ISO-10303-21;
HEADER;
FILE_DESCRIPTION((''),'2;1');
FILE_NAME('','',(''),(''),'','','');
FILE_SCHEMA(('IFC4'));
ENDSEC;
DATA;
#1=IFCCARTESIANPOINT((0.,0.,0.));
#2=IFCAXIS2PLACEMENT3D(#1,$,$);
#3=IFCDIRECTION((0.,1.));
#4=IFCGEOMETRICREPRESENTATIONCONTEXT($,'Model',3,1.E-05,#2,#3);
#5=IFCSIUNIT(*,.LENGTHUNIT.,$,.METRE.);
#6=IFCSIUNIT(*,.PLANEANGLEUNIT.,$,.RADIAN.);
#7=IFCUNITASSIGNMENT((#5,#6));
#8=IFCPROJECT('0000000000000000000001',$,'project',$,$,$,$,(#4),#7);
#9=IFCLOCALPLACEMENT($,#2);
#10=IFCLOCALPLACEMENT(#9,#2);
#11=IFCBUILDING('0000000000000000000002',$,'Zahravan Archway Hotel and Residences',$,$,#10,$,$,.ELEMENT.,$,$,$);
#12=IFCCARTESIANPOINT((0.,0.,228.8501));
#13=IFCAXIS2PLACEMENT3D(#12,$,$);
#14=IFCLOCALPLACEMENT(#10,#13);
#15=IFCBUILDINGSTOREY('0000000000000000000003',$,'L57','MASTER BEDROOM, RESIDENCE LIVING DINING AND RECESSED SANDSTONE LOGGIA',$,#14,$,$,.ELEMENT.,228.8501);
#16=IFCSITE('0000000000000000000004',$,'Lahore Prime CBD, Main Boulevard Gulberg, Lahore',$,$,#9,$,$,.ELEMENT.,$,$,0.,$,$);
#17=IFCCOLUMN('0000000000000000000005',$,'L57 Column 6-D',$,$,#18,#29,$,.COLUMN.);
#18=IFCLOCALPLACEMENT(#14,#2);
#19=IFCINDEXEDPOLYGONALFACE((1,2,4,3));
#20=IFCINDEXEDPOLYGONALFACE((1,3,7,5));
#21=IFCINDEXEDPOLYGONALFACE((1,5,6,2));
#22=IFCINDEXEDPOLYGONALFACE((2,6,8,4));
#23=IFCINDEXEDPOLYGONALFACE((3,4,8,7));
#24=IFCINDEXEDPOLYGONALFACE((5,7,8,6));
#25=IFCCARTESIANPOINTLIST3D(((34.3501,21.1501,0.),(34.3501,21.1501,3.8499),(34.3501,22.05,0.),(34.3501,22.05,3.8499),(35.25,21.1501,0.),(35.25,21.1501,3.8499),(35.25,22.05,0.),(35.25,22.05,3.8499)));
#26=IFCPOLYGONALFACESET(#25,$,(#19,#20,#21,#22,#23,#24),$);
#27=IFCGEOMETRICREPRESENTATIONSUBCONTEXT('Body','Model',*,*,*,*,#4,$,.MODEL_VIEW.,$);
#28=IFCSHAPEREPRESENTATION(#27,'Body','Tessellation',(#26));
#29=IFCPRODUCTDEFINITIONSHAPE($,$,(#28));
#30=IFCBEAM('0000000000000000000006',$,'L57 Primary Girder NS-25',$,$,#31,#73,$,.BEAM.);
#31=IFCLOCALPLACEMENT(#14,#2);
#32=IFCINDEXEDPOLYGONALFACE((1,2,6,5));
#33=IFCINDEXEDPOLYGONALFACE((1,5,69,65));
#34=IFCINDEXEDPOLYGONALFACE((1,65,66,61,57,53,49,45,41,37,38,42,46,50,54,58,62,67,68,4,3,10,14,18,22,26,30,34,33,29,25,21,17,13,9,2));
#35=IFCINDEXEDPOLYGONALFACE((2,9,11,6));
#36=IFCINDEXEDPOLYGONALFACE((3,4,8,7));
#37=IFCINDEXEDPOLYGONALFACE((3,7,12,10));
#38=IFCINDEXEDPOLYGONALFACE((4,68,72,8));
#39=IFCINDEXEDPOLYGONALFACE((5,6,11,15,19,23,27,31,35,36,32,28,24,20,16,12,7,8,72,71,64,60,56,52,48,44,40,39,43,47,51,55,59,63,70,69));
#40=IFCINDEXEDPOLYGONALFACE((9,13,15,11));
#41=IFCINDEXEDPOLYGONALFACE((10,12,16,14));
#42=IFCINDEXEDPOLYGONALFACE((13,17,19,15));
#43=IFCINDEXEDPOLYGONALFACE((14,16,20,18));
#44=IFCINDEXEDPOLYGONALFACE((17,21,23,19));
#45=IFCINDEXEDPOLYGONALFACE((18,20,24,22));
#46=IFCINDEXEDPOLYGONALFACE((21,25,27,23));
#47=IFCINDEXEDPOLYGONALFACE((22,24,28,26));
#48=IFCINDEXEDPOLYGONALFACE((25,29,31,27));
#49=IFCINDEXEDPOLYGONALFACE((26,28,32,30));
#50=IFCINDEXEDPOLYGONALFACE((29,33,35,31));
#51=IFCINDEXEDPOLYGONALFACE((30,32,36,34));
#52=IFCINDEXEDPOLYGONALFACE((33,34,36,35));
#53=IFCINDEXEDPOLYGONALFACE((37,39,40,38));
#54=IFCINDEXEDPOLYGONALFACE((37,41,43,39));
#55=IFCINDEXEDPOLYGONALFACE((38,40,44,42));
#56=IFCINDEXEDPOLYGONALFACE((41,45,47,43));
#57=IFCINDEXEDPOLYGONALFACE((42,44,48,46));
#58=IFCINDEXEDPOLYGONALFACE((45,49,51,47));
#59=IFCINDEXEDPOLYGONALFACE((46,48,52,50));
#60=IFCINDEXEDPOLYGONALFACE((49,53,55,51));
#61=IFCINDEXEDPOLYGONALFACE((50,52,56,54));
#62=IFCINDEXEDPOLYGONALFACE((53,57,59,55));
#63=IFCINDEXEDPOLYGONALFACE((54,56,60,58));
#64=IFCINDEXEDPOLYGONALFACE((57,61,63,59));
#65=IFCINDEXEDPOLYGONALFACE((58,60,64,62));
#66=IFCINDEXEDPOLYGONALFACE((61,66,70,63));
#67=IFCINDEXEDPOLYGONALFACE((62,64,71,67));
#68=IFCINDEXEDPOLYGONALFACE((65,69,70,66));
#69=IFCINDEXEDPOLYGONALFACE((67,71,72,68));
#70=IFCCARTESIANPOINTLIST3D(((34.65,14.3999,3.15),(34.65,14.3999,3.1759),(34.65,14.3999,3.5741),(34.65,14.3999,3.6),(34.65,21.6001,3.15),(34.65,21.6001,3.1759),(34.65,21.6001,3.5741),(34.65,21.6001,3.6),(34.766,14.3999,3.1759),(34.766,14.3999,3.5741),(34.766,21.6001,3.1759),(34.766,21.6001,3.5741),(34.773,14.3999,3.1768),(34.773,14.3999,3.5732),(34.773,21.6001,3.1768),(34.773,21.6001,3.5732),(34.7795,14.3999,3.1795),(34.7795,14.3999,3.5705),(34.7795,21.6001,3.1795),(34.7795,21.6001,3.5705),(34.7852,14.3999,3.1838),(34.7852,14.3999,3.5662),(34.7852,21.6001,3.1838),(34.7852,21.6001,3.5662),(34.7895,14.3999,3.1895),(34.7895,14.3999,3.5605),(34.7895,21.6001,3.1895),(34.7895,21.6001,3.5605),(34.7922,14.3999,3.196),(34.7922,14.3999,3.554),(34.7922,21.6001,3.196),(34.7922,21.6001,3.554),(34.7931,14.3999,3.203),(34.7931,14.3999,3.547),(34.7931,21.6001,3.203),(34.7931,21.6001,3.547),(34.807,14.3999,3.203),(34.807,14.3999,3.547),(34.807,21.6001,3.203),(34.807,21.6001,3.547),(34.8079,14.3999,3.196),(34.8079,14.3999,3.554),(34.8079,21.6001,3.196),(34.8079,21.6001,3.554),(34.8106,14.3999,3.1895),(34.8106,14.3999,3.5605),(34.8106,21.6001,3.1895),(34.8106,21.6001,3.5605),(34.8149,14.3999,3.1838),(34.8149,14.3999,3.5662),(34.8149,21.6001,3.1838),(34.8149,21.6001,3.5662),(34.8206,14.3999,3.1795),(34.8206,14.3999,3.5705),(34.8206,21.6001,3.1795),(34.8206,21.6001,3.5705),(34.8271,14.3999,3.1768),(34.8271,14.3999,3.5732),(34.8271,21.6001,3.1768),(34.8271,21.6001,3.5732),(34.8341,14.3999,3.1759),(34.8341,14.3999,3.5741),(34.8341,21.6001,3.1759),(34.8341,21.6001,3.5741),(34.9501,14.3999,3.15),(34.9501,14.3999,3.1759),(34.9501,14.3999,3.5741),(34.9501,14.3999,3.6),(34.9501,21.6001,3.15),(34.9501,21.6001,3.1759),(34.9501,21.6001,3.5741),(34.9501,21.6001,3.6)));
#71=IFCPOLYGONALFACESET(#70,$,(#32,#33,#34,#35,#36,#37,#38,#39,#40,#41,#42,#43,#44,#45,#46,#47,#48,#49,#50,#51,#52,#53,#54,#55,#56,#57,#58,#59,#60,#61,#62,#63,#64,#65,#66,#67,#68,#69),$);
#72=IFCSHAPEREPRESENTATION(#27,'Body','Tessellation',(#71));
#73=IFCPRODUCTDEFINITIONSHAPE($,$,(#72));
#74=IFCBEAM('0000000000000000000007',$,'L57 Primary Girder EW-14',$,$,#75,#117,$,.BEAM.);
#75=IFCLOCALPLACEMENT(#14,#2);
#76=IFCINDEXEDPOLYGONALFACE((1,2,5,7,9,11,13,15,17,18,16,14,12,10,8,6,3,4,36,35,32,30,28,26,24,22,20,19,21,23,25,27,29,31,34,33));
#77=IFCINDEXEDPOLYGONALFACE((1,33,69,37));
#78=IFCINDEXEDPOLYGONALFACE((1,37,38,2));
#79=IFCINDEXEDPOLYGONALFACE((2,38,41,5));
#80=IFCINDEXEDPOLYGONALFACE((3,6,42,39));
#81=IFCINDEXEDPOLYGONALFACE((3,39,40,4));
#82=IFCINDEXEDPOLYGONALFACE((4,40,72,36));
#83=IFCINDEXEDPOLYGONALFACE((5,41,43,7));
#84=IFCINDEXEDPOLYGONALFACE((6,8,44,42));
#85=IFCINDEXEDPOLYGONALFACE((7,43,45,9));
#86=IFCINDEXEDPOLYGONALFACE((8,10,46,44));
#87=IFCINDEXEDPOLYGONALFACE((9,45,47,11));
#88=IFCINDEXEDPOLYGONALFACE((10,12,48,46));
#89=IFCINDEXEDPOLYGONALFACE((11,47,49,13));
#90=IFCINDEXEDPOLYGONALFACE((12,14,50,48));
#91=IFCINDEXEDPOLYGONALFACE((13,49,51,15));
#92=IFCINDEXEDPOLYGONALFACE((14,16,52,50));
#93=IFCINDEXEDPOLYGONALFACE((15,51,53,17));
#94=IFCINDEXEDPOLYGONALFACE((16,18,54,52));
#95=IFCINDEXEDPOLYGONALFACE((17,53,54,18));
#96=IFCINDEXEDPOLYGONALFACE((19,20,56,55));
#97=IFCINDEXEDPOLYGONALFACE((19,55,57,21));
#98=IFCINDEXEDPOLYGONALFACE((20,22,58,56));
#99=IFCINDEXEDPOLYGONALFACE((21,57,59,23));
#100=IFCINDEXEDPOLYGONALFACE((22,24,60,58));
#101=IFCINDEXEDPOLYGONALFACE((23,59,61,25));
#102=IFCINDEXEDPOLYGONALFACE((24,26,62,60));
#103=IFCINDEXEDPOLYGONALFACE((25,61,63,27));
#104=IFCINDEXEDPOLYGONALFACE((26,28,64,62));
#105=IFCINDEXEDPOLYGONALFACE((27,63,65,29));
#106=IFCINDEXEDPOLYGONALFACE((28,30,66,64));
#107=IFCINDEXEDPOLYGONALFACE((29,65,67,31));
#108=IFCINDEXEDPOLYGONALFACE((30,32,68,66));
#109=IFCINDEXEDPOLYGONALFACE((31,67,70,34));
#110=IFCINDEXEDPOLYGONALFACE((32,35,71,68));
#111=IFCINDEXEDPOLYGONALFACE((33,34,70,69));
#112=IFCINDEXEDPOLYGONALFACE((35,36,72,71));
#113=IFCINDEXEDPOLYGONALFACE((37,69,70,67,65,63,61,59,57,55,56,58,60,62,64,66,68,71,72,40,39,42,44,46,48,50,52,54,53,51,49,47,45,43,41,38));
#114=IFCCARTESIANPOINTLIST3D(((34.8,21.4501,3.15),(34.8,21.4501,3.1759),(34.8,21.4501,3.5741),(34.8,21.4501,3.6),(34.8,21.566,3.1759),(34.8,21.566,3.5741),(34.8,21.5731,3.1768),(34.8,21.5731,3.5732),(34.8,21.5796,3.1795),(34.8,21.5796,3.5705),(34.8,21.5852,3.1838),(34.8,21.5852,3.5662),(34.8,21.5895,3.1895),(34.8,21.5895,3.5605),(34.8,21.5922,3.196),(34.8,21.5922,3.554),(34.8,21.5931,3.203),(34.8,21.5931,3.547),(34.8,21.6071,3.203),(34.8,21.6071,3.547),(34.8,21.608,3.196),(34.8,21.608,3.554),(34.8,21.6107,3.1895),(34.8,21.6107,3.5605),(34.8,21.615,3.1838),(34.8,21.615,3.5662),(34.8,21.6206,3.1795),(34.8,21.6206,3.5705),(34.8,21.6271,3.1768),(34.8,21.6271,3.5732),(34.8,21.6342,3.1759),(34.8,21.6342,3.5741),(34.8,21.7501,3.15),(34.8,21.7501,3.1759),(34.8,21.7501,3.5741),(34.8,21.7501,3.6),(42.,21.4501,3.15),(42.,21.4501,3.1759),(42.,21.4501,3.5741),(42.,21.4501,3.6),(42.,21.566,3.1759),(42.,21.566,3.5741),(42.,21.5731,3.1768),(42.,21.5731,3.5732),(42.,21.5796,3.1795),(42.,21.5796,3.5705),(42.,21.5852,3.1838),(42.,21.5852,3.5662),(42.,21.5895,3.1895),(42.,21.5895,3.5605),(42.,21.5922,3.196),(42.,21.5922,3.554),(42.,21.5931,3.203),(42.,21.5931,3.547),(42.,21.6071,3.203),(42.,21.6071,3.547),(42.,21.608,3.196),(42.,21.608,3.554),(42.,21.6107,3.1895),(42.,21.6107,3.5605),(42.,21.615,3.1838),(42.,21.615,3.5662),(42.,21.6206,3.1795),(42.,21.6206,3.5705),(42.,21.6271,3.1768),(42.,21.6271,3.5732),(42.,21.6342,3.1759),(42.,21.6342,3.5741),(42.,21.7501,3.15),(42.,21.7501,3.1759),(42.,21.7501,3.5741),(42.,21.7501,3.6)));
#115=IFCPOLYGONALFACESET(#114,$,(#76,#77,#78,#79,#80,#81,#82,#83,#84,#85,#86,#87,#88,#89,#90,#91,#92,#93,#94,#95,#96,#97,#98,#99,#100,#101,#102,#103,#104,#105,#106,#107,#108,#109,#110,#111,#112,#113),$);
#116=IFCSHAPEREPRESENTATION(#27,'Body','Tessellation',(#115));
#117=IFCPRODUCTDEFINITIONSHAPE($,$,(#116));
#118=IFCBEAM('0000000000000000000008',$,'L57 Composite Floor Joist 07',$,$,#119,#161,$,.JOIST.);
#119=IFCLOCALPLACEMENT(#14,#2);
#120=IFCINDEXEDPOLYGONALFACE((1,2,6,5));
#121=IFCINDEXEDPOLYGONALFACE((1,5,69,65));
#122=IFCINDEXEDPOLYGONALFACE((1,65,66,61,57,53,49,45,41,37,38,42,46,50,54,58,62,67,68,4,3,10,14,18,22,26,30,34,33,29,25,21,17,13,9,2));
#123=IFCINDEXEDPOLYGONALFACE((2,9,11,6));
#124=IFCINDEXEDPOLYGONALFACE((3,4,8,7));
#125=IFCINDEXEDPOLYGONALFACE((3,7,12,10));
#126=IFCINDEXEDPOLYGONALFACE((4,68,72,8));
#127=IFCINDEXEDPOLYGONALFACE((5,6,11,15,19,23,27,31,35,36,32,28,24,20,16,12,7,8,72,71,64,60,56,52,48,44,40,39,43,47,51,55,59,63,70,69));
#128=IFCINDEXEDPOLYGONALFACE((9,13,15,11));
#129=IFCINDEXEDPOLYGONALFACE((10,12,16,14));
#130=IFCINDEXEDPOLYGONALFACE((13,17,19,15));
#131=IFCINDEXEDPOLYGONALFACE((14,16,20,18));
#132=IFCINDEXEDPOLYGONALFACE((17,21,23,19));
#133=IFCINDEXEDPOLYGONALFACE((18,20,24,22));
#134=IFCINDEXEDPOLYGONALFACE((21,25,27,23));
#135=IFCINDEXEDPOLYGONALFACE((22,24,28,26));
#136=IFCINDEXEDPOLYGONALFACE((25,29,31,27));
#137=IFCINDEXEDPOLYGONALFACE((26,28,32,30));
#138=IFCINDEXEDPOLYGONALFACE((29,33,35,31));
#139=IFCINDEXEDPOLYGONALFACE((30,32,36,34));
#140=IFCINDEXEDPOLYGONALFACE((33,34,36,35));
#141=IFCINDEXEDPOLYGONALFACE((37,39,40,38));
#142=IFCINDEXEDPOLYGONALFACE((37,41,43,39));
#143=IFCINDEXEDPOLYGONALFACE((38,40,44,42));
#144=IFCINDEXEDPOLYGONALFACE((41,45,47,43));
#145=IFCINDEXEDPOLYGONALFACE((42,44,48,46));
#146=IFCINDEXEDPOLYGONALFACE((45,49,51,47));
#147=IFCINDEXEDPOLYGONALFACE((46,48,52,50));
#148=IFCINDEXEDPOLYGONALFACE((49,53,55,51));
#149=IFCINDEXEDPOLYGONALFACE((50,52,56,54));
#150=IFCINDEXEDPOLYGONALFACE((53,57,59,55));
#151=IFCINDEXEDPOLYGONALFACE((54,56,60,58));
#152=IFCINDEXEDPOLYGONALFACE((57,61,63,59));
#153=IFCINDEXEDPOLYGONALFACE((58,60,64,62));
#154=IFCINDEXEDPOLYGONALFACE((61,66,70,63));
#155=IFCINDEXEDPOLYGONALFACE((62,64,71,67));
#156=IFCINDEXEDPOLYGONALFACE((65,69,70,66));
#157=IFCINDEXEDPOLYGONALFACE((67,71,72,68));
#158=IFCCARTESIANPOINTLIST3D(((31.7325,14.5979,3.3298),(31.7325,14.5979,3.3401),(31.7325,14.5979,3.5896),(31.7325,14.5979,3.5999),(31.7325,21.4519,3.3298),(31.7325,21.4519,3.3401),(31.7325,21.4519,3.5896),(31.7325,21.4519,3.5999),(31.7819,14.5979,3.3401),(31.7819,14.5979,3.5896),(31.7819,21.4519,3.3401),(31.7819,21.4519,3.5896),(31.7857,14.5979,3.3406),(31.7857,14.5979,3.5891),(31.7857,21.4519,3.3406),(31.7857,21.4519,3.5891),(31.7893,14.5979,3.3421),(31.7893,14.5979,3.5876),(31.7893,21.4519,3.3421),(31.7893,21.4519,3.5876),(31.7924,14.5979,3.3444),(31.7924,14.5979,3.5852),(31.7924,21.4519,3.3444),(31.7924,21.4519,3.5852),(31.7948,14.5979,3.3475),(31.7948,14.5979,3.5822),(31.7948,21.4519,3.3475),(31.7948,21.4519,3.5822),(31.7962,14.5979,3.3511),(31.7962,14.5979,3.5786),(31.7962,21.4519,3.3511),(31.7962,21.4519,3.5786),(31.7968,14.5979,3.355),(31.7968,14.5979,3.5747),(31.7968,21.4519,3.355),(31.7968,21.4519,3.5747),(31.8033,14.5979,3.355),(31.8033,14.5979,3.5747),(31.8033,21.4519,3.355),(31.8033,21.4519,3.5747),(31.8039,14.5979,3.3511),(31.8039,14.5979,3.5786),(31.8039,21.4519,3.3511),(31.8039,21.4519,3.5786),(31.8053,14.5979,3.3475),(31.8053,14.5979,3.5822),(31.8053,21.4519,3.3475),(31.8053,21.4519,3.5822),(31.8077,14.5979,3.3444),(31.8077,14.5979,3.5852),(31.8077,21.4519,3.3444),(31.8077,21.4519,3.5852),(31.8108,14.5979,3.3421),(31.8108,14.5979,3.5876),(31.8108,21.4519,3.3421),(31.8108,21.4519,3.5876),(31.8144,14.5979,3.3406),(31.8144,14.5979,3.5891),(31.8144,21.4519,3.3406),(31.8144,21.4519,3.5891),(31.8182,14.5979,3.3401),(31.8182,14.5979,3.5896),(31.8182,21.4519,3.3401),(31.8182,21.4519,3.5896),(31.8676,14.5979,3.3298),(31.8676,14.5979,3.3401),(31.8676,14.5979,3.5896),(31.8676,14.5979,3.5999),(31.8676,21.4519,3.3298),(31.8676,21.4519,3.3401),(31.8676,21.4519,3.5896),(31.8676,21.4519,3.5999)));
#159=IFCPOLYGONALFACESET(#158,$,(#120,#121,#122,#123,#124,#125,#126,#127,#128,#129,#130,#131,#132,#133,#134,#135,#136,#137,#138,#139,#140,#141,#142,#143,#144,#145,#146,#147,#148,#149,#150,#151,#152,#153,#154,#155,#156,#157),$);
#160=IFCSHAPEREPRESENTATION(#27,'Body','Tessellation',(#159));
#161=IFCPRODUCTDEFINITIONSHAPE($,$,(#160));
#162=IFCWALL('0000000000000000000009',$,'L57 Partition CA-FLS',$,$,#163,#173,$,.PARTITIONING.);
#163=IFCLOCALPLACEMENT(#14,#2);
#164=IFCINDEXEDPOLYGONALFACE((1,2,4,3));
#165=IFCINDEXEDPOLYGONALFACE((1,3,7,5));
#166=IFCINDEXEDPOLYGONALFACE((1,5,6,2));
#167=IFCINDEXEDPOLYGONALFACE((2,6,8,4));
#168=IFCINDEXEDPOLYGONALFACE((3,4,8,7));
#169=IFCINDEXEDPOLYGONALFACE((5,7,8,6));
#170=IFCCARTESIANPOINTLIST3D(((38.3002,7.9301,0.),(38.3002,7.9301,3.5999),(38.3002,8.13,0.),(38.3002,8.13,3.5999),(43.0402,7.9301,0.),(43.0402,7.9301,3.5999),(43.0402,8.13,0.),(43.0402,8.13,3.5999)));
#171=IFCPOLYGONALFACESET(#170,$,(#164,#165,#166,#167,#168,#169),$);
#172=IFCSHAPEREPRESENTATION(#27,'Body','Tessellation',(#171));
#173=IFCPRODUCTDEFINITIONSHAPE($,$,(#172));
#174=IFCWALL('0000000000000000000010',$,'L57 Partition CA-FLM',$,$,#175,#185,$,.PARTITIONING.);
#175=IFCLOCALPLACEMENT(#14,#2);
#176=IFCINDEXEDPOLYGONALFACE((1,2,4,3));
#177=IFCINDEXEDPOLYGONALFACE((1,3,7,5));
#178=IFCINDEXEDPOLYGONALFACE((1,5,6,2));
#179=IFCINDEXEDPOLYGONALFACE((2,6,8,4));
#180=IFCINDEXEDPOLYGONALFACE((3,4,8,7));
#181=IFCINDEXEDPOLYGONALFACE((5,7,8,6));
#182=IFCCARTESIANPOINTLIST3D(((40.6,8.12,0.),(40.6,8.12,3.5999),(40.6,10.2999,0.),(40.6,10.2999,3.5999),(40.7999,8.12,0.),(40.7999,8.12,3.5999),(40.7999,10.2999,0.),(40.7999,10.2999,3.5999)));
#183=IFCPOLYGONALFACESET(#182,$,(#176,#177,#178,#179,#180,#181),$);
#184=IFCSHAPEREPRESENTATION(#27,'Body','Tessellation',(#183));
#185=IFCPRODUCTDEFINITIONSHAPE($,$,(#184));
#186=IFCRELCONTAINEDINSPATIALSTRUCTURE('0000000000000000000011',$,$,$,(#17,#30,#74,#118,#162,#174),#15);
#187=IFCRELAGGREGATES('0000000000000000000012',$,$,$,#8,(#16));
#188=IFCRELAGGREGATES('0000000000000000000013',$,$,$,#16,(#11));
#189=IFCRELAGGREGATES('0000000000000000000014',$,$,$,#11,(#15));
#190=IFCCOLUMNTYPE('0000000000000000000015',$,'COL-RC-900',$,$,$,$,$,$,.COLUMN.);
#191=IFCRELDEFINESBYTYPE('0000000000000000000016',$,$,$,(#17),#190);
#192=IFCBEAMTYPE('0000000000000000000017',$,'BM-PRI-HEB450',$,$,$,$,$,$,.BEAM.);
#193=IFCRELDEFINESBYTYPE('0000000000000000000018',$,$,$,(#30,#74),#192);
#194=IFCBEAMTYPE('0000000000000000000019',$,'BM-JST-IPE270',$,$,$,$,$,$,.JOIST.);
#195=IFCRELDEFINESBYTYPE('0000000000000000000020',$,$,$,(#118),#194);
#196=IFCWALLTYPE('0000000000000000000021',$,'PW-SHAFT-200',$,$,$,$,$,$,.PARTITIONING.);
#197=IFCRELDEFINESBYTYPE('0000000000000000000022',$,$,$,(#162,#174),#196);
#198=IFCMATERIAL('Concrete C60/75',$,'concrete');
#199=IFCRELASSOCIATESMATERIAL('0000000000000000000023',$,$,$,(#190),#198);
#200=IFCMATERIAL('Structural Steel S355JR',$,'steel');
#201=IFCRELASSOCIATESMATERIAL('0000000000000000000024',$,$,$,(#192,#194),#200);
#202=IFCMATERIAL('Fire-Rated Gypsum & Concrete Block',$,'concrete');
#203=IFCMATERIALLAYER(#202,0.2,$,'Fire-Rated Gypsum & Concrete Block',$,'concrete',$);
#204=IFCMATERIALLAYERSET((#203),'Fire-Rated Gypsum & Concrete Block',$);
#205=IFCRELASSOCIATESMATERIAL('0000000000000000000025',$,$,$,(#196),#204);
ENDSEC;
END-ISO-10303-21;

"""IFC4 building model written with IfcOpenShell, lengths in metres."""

from ifc_helpers import new_model, si_unit, direction, frame, frame_2d, origin, origin_2d, place, context, subcontext, project, spatial, rectangle, i_section, extrude, source, transform, mapped, material, layer, layer_set, material_profile, profile_set, type_object, type_shapes, element, save


model = new_model("IFC4")

# Units and contexts
model_context = context("Model", 3, precision=1e-05, world=origin(), true_north=direction((0.0, 1.0)))
body_context = subcontext(model_context, "Body", "Model", "MODEL_VIEW")
ifc_project = project(units=[si_unit("LENGTHUNIT", "METRE"), si_unit("PLANEANGLEUNIT", "RADIAN")], contexts=[model_context])

# Site, building, storey
site_placement = place(None, origin())
site = spatial("IfcSite", under=ifc_project, at=site_placement, Name="Lahore Prime CBD, Main Boulevard Gulberg, Lahore", CompositionType="ELEMENT", RefElevation=0.0)
building_placement = place(site_placement, origin())
building = spatial("IfcBuilding", under=site, at=building_placement, Name="Zahravan Archway Hotel and Residences", CompositionType="ELEMENT")
storey_placement = place(building_placement, frame((0.0, 0.0, 228.8501)))
storey = spatial("IfcBuildingStorey", under=building, at=storey_placement, Name="L57", Description="MASTER BEDROOM, RESIDENCE LIVING DINING AND RECESSED SANDSTONE LOGGIA", CompositionType="ELEMENT", Elevation=228.8501)

# Column
ifc_material_1 = material(Name="Concrete C60/75", Category="concrete")
ifc_material_profile_1 = material_profile(ifc_material_1, rectangle(XDim=0.8999, YDim=0.8999, at=origin_2d()), Name="RC-COL-900x900", Category="concrete")
ifc_profile_set_1 = profile_set([ifc_material_profile_1], Name="Concrete C60/75")
column_type = type_object("IfcColumnType", Name="COL-RC-900", PredefinedType="COLUMN", material=ifc_profile_set_1)
shared_shape_1 = source(origin(), body_context, "Body", "SweptSolid", [
    extrude(rectangle(XDim=0.8999, YDim=0.8999, at=origin_2d()), origin(), (0.0, 0.0, 1.0), 3.8499),
])
column_placement = place(storey_placement, frame((34.8, 21.6001, 0.0), z_axis=(0.0, 0.0, 1.0), x_axis=(1.0, 0.0, 0.0)))
element("IfcColumn", 1, at=column_placement, inside=storey, type_object=column_type, Name="L57 Column 6-D", PredefinedType="COLUMN", context=body_context, shape_type="MappedRepresentation", body=[
    mapped(shared_shape_1, transform((0.0, 0.0, 0.0), scale=1.0)),
])

# Beams
ifc_material_2 = material(Name="Structural Steel S355JR", Category="steel")
ifc_material_profile_2 = material_profile(ifc_material_2, i_section(OverallWidth=0.3, OverallDepth=0.45, WebThickness=0.0139, FlangeThickness=0.0259, FilletRadius=0.0271, at=origin_2d()), Name="HEB 450", Category="steel")
ifc_profile_set_2 = profile_set([ifc_material_profile_2], Name="Structural Steel S355JR")
beam_type_1 = type_object("IfcBeamType", Name="BM-PRI-HEB450", PredefinedType="BEAM", material=ifc_profile_set_2)
shared_shape_2 = source(origin(), body_context, "Body", "SweptSolid", [
    extrude(i_section(OverallWidth=0.3, OverallDepth=0.45, WebThickness=0.0139, FlangeThickness=0.0259, FilletRadius=0.0271, at=origin_2d()), origin(), (0.0, 0.0, 1.0), 7.2002),
])
type_shapes(beam_type_1, [shared_shape_2])
beam_1_placement = place(storey_placement, frame((34.8, 14.3999, 3.375), z_axis=(0.0, 1.0, 0.0), x_axis=(-1.0, 0.0, 0.0)))
element("IfcBeam", 2, at=beam_1_placement, inside=storey, type_object=beam_type_1, Name="L57 Primary Girder NS-25", PredefinedType="BEAM", context=body_context, shape_type="MappedRepresentation", body=[
    mapped(shared_shape_2, transform((0.0, 0.0, 0.0), scale=1.0)),
])
shared_shape_3 = source(origin(), body_context, "Body", "SweptSolid", [
    extrude(i_section(OverallWidth=0.3, OverallDepth=0.45, WebThickness=0.0139, FlangeThickness=0.0259, FilletRadius=0.0271, at=origin_2d()), origin(), (0.0, 0.0, 1.0), 7.2),
])
beam_2_placement = place(storey_placement, frame((34.8, 21.6001, 3.375), z_axis=(1.0, 0.0, 0.0), x_axis=(0.0, 1.0, 0.0)))
element("IfcBeam", 3, at=beam_2_placement, inside=storey, type_object=beam_type_1, Name="L57 Primary Girder EW-14", PredefinedType="BEAM", context=body_context, shape_type="MappedRepresentation", body=[
    mapped(shared_shape_3, transform((0.0, 0.0, 0.0), scale=1.0)),
])
ifc_material_profile_3 = material_profile(ifc_material_2, i_section(OverallWidth=0.135, OverallDepth=0.27, WebThickness=0.0066, FlangeThickness=0.0103, FilletRadius=0.0149, at=origin_2d()), Name="IPE 270", Category="steel")
ifc_profile_set_3 = profile_set([ifc_material_profile_3], Name="Structural Steel S355JR")
beam_type_2 = type_object("IfcBeamType", Name="BM-JST-IPE270", PredefinedType="JOIST", material=ifc_profile_set_3)
shared_shape_4 = source(origin(), body_context, "Body", "SweptSolid", [
    extrude(i_section(OverallWidth=0.135, OverallDepth=0.27, WebThickness=0.0066, FlangeThickness=0.0103, FilletRadius=0.0149, at=origin_2d()), origin(), (0.0, 0.0, 1.0), 6.854),
])
beam_3_placement = place(storey_placement, frame((31.8, 14.5979, 3.4648), z_axis=(0.0, 1.0, 0.0), x_axis=(-1.0, 0.0, 0.0)))
element("IfcBeam", 4, at=beam_3_placement, inside=storey, type_object=beam_type_2, Name="L57 Composite Floor Joist 07", PredefinedType="JOIST", context=body_context, shape_type="MappedRepresentation", body=[
    mapped(shared_shape_4, transform((0.0, 0.0, 0.0), scale=1.0)),
])

# Shared definitions
ifc_material_3 = material(Name="Fire-Rated Gypsum & Concrete Block", Category="concrete")

# Walls
ifc_layer_1 = layer(ifc_material_3, 0.2, Name="Fire-Rated Gypsum & Concrete Block", Category="concrete")
ifc_layer_set_1 = layer_set([ifc_layer_1], Name="Fire-Rated Gypsum & Concrete Block")
wall_type_1 = type_object("IfcWallType", Name="PW-SHAFT-200", PredefinedType="PARTITIONING", material=ifc_layer_set_1)
wall_1_placement = place(storey_placement, frame((38.3, 8.03, 0.0), z_axis=(0.0, 0.0, 1.0), x_axis=(1.0, 0.0, 0.0)))
element("IfcWall", 5, at=wall_1_placement, inside=storey, type_object=wall_type_1, Name="L57 Partition CA-FLS", PredefinedType="PARTITIONING", context=body_context, shape_type="SweptSolid", body=[
    extrude(rectangle(XDim=4.74, YDim=0.2, at=frame_2d((2.3701, 0.0))), origin(), (0.0, 0.0, 1.0), 3.5999),
])
wall_2_placement = place(storey_placement, frame((40.7, 8.1201, 0.0), z_axis=(0.0, 0.0, 1.0), x_axis=(0.0, 1.0, 0.0)))
element("IfcWall", 6, at=wall_2_placement, inside=storey, type_object=wall_type_1, Name="L57 Partition CA-FLM", PredefinedType="PARTITIONING", context=body_context, shape_type="SweptSolid", body=[
    extrude(rectangle(XDim=2.1799, YDim=0.2, at=frame_2d((1.0898, 0.0))), origin(), (0.0, 0.0, 1.0), 3.5999),
])

save(model, "model.ifc")
